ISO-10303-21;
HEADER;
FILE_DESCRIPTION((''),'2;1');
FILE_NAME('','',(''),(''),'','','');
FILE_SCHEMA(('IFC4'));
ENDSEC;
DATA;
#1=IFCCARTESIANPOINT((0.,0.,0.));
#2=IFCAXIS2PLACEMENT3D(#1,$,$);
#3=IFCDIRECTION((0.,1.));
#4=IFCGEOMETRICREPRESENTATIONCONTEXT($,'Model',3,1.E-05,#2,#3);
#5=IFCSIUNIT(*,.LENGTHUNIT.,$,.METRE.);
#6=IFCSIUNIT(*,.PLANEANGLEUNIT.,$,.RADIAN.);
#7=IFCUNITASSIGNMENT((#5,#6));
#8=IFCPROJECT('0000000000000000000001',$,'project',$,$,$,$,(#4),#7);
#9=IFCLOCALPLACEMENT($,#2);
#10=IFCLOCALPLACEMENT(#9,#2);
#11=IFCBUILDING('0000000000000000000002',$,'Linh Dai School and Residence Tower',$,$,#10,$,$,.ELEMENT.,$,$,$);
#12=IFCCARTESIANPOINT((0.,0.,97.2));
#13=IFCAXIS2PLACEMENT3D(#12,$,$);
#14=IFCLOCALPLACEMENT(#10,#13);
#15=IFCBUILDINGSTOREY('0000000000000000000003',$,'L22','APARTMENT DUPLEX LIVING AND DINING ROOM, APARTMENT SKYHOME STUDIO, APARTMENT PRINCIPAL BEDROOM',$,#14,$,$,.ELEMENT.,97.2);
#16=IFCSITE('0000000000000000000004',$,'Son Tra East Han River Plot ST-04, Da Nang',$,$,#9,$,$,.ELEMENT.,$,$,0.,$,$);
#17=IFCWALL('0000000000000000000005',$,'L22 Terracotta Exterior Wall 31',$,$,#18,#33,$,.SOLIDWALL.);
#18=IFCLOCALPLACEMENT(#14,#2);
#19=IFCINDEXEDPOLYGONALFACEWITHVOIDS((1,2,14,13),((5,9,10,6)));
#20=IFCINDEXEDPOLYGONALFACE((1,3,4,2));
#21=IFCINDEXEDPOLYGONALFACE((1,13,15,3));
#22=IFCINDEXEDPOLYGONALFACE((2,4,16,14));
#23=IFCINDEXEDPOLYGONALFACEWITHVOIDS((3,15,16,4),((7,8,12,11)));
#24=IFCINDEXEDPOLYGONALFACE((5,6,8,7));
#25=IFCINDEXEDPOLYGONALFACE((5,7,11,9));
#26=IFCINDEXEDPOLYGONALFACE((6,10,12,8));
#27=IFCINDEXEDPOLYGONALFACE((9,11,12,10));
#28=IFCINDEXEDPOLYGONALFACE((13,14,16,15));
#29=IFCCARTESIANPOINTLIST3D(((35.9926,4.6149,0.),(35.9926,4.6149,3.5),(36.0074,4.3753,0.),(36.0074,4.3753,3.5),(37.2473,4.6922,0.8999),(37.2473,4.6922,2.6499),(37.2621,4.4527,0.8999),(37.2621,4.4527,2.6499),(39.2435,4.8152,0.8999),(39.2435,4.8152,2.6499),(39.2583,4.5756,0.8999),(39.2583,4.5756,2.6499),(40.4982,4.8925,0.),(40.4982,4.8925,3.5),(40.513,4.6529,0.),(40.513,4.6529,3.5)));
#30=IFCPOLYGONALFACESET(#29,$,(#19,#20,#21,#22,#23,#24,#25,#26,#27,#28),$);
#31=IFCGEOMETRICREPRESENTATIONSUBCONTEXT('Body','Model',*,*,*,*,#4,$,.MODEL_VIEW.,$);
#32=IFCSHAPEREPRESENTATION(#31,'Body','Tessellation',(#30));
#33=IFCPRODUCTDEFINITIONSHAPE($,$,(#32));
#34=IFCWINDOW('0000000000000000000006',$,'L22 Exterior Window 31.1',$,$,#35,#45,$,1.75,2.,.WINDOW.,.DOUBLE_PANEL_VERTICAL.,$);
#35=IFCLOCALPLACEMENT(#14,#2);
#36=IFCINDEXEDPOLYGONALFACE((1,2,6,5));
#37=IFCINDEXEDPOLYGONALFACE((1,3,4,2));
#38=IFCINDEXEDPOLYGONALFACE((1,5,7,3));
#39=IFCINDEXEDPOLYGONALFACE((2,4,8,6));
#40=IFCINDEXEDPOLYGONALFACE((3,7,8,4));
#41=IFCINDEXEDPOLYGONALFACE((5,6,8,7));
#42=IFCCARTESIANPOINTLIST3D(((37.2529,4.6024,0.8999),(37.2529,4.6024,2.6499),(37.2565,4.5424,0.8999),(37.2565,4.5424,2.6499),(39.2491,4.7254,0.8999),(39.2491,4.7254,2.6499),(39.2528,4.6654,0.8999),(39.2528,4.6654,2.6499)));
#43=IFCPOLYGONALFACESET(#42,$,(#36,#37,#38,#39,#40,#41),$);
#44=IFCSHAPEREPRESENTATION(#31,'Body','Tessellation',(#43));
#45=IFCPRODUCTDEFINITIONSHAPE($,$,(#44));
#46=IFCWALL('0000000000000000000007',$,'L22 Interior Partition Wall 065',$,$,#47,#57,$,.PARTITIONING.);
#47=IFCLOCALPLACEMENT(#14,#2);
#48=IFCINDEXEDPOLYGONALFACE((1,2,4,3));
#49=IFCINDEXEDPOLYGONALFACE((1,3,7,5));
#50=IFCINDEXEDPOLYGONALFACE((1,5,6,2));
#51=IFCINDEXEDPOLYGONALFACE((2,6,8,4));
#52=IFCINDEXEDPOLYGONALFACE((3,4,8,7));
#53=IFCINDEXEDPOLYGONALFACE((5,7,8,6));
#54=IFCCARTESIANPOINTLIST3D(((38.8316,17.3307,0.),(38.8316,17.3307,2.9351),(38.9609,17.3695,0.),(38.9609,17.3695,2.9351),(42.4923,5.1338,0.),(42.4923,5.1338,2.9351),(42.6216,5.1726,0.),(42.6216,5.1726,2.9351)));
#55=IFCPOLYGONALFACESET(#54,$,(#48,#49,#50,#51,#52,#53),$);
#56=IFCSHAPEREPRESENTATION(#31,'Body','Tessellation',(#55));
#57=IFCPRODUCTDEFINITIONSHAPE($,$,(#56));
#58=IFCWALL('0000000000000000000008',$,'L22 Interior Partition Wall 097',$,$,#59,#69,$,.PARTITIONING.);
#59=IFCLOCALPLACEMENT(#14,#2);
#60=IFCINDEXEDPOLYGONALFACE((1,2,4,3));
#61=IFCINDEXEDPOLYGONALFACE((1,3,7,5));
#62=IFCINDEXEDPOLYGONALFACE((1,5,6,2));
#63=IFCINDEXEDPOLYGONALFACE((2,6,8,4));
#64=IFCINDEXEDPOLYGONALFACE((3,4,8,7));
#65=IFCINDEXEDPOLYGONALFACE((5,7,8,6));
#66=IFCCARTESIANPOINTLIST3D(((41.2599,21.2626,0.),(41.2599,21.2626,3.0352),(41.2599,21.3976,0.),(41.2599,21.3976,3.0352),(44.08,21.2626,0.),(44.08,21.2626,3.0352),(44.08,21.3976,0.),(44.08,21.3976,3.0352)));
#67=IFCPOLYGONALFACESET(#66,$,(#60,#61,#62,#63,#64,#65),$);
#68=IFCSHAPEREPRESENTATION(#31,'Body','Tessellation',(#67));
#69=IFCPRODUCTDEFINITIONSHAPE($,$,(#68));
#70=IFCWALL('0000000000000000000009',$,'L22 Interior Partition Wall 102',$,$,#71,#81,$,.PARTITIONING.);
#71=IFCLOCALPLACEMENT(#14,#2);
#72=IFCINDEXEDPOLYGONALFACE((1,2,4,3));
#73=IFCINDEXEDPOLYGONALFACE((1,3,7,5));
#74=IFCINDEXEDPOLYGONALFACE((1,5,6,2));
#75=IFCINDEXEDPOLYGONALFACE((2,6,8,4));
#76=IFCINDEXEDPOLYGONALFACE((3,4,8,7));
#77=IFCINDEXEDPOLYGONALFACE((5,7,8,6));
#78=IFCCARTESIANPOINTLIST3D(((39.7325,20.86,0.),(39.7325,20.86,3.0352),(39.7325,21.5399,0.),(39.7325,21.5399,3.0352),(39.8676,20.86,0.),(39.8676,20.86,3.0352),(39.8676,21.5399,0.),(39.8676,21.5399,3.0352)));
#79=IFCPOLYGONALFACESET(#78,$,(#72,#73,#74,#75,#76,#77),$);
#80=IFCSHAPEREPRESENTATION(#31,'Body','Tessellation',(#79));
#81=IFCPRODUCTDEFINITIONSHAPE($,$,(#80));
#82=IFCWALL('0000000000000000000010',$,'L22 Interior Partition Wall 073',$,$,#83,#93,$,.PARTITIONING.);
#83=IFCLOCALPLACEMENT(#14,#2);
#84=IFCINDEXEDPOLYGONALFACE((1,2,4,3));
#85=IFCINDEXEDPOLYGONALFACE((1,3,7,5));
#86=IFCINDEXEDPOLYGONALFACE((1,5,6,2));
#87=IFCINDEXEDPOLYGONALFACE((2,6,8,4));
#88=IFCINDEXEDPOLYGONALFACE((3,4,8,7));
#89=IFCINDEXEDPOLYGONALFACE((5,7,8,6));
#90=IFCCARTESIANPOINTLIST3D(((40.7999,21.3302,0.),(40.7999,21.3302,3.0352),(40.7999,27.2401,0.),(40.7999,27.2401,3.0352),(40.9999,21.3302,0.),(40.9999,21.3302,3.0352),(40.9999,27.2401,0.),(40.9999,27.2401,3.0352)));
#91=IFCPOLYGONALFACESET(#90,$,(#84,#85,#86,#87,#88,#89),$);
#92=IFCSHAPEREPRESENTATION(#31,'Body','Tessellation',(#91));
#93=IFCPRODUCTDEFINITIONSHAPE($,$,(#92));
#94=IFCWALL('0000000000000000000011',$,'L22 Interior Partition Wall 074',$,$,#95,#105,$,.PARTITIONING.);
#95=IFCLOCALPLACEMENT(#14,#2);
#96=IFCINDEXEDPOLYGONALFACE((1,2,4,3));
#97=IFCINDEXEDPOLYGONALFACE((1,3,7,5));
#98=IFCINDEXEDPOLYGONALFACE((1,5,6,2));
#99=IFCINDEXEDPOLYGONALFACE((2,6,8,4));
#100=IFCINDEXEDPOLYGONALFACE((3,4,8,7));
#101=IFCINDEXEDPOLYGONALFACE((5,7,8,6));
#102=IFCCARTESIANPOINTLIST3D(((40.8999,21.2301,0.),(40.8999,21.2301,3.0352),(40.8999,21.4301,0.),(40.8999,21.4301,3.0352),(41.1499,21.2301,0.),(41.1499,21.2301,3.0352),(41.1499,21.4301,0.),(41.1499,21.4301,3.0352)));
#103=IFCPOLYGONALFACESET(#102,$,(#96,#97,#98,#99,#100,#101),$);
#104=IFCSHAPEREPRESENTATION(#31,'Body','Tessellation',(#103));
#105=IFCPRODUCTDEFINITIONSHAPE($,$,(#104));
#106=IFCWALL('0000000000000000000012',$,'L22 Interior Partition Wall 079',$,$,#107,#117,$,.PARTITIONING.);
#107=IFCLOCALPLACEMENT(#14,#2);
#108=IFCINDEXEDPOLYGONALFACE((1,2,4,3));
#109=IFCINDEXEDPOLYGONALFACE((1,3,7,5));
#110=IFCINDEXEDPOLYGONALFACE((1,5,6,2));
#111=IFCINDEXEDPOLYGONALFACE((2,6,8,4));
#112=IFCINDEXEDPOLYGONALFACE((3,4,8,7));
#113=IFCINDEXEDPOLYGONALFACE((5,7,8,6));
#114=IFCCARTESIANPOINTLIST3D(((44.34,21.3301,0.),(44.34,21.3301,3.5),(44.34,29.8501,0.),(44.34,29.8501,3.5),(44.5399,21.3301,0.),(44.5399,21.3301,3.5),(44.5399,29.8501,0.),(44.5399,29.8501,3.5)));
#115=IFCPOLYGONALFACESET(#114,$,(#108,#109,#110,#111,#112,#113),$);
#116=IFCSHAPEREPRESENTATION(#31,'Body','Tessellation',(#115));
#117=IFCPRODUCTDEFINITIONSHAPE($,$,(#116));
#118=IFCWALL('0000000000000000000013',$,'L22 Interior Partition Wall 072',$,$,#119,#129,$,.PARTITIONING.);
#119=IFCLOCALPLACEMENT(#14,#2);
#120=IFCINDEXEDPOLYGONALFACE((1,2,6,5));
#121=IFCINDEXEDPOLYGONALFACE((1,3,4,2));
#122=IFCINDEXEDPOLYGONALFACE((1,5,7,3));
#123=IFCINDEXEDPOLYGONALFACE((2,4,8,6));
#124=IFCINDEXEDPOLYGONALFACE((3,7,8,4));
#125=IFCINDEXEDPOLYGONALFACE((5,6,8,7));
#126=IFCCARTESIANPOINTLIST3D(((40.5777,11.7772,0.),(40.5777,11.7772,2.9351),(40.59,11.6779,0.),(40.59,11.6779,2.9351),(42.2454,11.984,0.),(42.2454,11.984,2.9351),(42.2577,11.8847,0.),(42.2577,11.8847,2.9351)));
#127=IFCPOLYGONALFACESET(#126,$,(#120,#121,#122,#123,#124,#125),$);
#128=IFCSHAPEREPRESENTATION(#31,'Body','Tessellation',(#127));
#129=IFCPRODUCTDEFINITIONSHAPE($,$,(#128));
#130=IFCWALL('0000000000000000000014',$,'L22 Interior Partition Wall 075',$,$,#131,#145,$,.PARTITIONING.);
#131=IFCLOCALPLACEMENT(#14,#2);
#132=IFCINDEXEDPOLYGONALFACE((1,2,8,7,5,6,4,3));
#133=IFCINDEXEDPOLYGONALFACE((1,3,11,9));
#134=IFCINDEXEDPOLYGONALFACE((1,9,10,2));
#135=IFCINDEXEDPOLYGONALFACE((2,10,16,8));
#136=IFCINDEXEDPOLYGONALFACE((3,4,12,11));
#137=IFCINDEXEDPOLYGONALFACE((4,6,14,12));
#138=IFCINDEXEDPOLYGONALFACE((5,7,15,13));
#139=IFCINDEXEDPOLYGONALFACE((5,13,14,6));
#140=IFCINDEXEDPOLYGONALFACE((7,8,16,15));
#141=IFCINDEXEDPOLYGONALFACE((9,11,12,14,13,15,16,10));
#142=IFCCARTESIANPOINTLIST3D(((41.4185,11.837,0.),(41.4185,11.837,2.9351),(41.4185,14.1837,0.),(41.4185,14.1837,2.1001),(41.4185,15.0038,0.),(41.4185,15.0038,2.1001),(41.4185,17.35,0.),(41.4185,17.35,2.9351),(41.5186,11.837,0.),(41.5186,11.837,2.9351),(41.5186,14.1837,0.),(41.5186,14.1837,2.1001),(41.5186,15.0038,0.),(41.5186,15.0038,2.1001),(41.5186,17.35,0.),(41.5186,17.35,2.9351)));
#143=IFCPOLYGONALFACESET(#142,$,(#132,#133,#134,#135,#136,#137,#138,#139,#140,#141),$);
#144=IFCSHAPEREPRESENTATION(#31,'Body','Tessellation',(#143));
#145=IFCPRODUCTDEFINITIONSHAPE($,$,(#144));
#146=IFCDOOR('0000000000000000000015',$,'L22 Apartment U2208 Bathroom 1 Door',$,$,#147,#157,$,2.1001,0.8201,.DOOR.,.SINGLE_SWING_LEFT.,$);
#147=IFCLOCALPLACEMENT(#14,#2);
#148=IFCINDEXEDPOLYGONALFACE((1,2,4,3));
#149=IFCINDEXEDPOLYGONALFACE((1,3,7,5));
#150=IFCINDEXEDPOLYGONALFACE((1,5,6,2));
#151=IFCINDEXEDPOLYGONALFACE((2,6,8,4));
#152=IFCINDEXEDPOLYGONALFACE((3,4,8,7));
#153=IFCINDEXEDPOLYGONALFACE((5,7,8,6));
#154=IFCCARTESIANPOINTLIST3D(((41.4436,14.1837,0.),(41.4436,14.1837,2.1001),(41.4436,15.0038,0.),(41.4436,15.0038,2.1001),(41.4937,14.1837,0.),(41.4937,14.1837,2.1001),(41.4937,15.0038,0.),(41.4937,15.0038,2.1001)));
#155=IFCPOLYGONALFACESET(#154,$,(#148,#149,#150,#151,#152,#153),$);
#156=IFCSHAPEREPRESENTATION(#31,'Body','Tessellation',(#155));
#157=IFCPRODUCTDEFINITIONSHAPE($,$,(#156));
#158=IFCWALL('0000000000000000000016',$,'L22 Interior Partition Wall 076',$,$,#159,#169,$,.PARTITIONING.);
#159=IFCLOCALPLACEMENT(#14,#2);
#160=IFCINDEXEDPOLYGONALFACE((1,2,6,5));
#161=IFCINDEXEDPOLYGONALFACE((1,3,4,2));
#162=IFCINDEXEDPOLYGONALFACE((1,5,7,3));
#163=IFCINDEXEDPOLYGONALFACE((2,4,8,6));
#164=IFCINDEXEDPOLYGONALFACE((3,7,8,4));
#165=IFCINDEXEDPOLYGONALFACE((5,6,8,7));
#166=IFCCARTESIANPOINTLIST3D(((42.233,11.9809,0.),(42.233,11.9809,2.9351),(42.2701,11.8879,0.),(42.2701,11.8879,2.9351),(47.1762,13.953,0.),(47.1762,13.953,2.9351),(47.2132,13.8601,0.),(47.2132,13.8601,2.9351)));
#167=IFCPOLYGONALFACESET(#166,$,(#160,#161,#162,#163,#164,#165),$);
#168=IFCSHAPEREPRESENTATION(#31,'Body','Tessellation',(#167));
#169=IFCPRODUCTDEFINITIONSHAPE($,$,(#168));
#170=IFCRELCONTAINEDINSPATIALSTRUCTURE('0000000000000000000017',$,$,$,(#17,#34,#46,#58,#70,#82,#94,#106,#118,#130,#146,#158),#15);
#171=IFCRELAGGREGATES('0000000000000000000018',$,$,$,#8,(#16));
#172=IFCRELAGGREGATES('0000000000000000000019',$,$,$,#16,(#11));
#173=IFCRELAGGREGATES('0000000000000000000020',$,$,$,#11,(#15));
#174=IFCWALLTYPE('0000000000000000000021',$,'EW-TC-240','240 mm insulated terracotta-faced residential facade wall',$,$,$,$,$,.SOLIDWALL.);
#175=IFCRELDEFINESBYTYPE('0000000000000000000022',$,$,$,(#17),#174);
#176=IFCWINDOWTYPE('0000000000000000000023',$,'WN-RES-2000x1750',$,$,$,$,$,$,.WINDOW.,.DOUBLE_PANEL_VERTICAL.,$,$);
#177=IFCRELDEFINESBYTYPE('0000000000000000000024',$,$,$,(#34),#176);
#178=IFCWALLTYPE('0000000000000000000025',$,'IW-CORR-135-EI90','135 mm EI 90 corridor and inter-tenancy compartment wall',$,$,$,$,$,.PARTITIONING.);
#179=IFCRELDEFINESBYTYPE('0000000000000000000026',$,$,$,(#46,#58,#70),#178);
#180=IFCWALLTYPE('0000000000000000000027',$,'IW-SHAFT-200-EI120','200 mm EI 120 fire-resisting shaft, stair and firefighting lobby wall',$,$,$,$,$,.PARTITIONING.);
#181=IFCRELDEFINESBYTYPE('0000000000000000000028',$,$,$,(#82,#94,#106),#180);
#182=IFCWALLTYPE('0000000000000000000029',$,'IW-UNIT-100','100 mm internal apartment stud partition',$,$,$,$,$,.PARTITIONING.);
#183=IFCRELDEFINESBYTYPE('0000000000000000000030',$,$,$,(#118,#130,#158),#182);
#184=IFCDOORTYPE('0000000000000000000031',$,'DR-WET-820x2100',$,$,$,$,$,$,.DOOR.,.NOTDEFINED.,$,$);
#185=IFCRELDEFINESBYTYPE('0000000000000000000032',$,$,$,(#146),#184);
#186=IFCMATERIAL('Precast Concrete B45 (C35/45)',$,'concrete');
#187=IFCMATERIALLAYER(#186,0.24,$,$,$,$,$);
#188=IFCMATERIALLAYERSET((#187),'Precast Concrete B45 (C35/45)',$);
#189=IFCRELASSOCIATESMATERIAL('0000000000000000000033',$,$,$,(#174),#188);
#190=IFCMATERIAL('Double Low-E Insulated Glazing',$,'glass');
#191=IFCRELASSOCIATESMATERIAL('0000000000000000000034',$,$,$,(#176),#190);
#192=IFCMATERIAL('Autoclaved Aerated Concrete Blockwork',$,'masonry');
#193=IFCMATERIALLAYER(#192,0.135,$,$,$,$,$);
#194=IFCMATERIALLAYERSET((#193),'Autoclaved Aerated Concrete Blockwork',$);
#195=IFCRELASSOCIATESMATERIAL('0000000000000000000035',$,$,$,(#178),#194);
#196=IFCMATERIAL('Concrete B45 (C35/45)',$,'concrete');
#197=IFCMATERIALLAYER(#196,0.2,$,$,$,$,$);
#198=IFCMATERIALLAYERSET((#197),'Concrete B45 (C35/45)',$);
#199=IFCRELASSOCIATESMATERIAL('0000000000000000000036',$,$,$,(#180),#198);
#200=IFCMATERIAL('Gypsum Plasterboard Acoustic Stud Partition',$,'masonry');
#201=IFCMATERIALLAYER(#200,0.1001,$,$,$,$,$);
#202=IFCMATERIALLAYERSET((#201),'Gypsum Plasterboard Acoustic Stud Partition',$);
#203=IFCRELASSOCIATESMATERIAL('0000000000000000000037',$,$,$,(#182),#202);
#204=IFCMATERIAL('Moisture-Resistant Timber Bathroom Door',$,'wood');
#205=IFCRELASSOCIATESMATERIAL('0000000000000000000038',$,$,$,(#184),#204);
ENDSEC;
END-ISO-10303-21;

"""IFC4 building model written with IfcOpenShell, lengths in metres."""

from ifc_helpers import new_model, si_unit, direction, frame, frame_2d, origin, origin_2d, place, context, subcontext, project, spatial, rectangle, extrude, source, transform, mapped, material, layer, layer_set, type_object, element, fill, save


model = new_model("IFC4")

# Units and contexts
model_context = context("Model", 3, precision=1e-05, world=origin(), true_north=direction((0.0, 1.0)))
body_context = subcontext(model_context, "Body", "Model", "MODEL_VIEW")
ifc_project = project(units=[si_unit("LENGTHUNIT", "METRE"), si_unit("PLANEANGLEUNIT", "RADIAN")], contexts=[model_context])

# Site, building, storey
site_placement = place(None, origin())
site = spatial("IfcSite", under=ifc_project, at=site_placement, Name="Son Tra East Han River Plot ST-04, Da Nang", CompositionType="ELEMENT", RefElevation=0.0)
building_placement = place(site_placement, origin())
building = spatial("IfcBuilding", under=site, at=building_placement, Name="Linh Dai School and Residence Tower", CompositionType="ELEMENT")
storey_placement = place(building_placement, frame((0.0, 0.0, 97.2)))
storey = spatial("IfcBuildingStorey", under=building, at=storey_placement, Name="L22", Description="APARTMENT DUPLEX LIVING AND DINING ROOM, APARTMENT SKYHOME STUDIO, APARTMENT PRINCIPAL BEDROOM", CompositionType="ELEMENT", Elevation=97.2)

# Shared definitions
ifc_material_1 = material(Name="Precast Concrete B45 (C35/45)", Category="concrete")
ifc_layer_1 = layer(ifc_material_1, 0.24)
ifc_layer_set_1 = layer_set([ifc_layer_1], Name="Precast Concrete B45 (C35/45)")
wall_type_1 = type_object("IfcWallType", Name="EW-TC-240", Description="240 mm insulated terracotta-faced residential facade wall", PredefinedType="SOLIDWALL", material=ifc_layer_set_1)

# Wall, opening, window
wall_1_placement = place(storey_placement, frame((40.5056, 4.7727, 0.0), z_axis=(0.0, 0.0, 1.0), x_axis=(-0.998108, -0.061493, 0.0)))
wall_1 = element("IfcWall", 1, at=wall_1_placement, inside=storey, type_object=wall_type_1, Name="L22 Terracotta Exterior Wall 31", PredefinedType="SOLIDWALL", context=body_context, shape_type="SweptSolid", body=[
    extrude(rectangle(XDim=4.5142, YDim=0.24, at=frame_2d((2.2571, 0.0))), origin(), (0.0, 0.0, 1.0), 3.5),
])
opening_1_placement = place(wall_1_placement, frame((1.2571, 0.0, 0.8999)))
opening_1 = element("IfcOpeningElement", 2, at=opening_1_placement, cuts=wall_1, PredefinedType="OPENING", context=body_context, shape_type="SweptSolid", body=[
    extrude(rectangle(XDim=2.0, YDim=1.75, at=origin_2d()), frame((1.0, 0.1299, 0.875), z_axis=(0.0, -1.0, 0.0), x_axis=(1.0, 0.0, 0.0)), (0.0, 0.0, 1.0), 0.26),
])
ifc_material_2 = material(Name="Double Low-E Insulated Glazing", Category="glass")
window_type = type_object("IfcWindowType", Name="WN-RES-2000x1750", PartitioningType="DOUBLE_PANEL_VERTICAL", PredefinedType="WINDOW", material=ifc_material_2)
shared_shape_1 = source(origin(), body_context, "Body", "SweptSolid", [
    extrude(rectangle(XDim=2.0, YDim=1.75, at=origin_2d()), frame((1.0, 0.03, 0.875), z_axis=(0.0, -1.0, 0.0), x_axis=(1.0, 0.0, 0.0)), (0.0, 0.0, 1.0), 0.0601),
])
window_placement = place(opening_1_placement, origin())
window = element("IfcWindow", 3, at=window_placement, inside=storey, type_object=window_type, Name="L22 Exterior Window 31.1", OverallHeight=1.75, OverallWidth=2.0, PartitioningType="DOUBLE_PANEL_VERTICAL", PredefinedType="WINDOW", context=body_context, shape_type="MappedRepresentation", body=[
    mapped(shared_shape_1, transform((0.0, 0.0, 0.0), x_axis=(1.0, 0.0, 0.0), y_axis=(0.0, 1.0, 0.0), z_axis=(0.0, 0.0, 1.0), scale=1.0)),
])
fill(opening_1, window)

# Walls
ifc_material_3 = material(Name="Autoclaved Aerated Concrete Blockwork", Category="masonry")
ifc_layer_2 = layer(ifc_material_3, 0.135)
ifc_layer_set_2 = layer_set([ifc_layer_2], Name="Autoclaved Aerated Concrete Blockwork")
wall_type_2 = type_object("IfcWallType", Name="IW-CORR-135-EI90", Description="135 mm EI 90 corridor and inter-tenancy compartment wall", PredefinedType="PARTITIONING", material=ifc_layer_set_2)
wall_2_placement = place(storey_placement, frame((38.8962, 17.3501, 0.0), z_axis=(0.0, 0.0, 1.0), x_axis=(0.287464, -0.957791, 0.0)))
element("IfcWall", 4, at=wall_2_placement, inside=storey, type_object=wall_type_2, Name="L22 Interior Partition Wall 065", PredefinedType="PARTITIONING", context=body_context, shape_type="SweptSolid", body=[
    extrude(rectangle(XDim=12.7344, YDim=0.135, at=frame_2d((6.3672, 0.0))), origin(), (0.0, 0.0, 1.0), 2.9351),
])
wall_3_placement = place(storey_placement, frame((44.0801, 21.3301, 0.0), z_axis=(0.0, 0.0, 1.0), x_axis=(-1.0, 0.0, 0.0)))
element("IfcWall", 5, at=wall_3_placement, inside=storey, type_object=wall_type_2, Name="L22 Interior Partition Wall 097", PredefinedType="PARTITIONING", context=body_context, shape_type="SweptSolid", body=[
    extrude(rectangle(XDim=2.8201, YDim=0.135, at=frame_2d((1.4102, 0.0))), origin(), (0.0, 0.0, 1.0), 3.0352),
])
wall_4_placement = place(storey_placement, frame((39.8, 20.8601, 0.0), z_axis=(0.0, 0.0, 1.0), x_axis=(0.0, 1.0, 0.0)))
element("IfcWall", 6, at=wall_4_placement, inside=storey, type_object=wall_type_2, Name="L22 Interior Partition Wall 102", PredefinedType="PARTITIONING", context=body_context, shape_type="SweptSolid", body=[
    extrude(rectangle(XDim=0.6799, YDim=0.135, at=frame_2d((0.3398, 0.0))), origin(), (0.0, 0.0, 1.0), 3.0352),
])
ifc_material_4 = material(Name="Concrete B45 (C35/45)", Category="concrete")
ifc_layer_3 = layer(ifc_material_4, 0.2)
ifc_layer_set_3 = layer_set([ifc_layer_3], Name="Concrete B45 (C35/45)")
wall_type_3 = type_object("IfcWallType", Name="IW-SHAFT-200-EI120", Description="200 mm EI 120 fire-resisting shaft, stair and firefighting lobby wall", PredefinedType="PARTITIONING", material=ifc_layer_set_3)
wall_5_placement = place(storey_placement, frame((40.8999, 21.3301, 0.0), z_axis=(0.0, 0.0, 1.0), x_axis=(0.0, 1.0, 0.0)))
element("IfcWall", 7, at=wall_5_placement, inside=storey, type_object=wall_type_3, Name="L22 Interior Partition Wall 073", PredefinedType="PARTITIONING", context=body_context, shape_type="SweptSolid", body=[
    extrude(rectangle(XDim=5.9099, YDim=0.2, at=frame_2d((2.9551, 0.0))), origin(), (0.0, 0.0, 1.0), 3.0352),
])
wall_6_placement = place(storey_placement, frame((40.8999, 21.3301, 0.0), z_axis=(0.0, 0.0, 1.0), x_axis=(1.0, 0.0, 0.0)))
element("IfcWall", 8, at=wall_6_placement, inside=storey, type_object=wall_type_3, Name="L22 Interior Partition Wall 074", PredefinedType="PARTITIONING", context=body_context, shape_type="SweptSolid", body=[
    extrude(rectangle(XDim=0.25, YDim=0.2, at=frame_2d((0.125, 0.0))), origin(), (0.0, 0.0, 1.0), 3.0352),
])
wall_7_placement = place(storey_placement, frame((44.4399, 21.3301, 0.0), z_axis=(0.0, 0.0, 1.0), x_axis=(0.0, 1.0, 0.0)))
element("IfcWall", 9, at=wall_7_placement, inside=storey, type_object=wall_type_3, Name="L22 Interior Partition Wall 079", PredefinedType="PARTITIONING", context=body_context, shape_type="SweptSolid", body=[
    extrude(rectangle(XDim=8.52, YDim=0.2, at=frame_2d((4.26, 0.0))), origin(), (0.0, 0.0, 1.0), 3.5),
])
ifc_material_5 = material(Name="Gypsum Plasterboard Acoustic Stud Partition", Category="masonry")
ifc_layer_4 = layer(ifc_material_5, 0.1001)
ifc_layer_set_4 = layer_set([ifc_layer_4], Name="Gypsum Plasterboard Acoustic Stud Partition")
wall_type_4 = type_object("IfcWallType", Name="IW-UNIT-100", Description="100 mm internal apartment stud partition", PredefinedType="PARTITIONING", material=ifc_layer_set_4)
wall_8_placement = place(storey_placement, frame((40.5837, 11.7275, 0.0), z_axis=(0.0, 0.0, 1.0), x_axis=(0.9924, 0.123051, 0.0)))
element("IfcWall", 10, at=wall_8_placement, inside=storey, type_object=wall_type_4, Name="L22 Interior Partition Wall 072", PredefinedType="PARTITIONING", context=body_context, shape_type="SweptSolid", body=[
    extrude(rectangle(XDim=1.6804, YDim=0.1001, at=frame_2d((0.8403, 0.0))), origin(), (0.0, 0.0, 1.0), 2.9351),
])

# Wall, opening, door
wall_9_placement = place(storey_placement, frame((41.4685, 11.8372, 0.0), z_axis=(0.0, 0.0, 1.0), x_axis=(0.0, 1.0, 0.0)))
wall_9 = element("IfcWall", 11, at=wall_9_placement, inside=storey, type_object=wall_type_4, Name="L22 Interior Partition Wall 075", PredefinedType="PARTITIONING", context=body_context, shape_type="SweptSolid", body=[
    extrude(rectangle(XDim=5.5129, YDim=0.1001, at=frame_2d((2.7563, 0.0))), origin(), (0.0, 0.0, 1.0), 2.9351),
])
opening_2_placement = place(wall_9_placement, frame((2.3464, 0.0, 0.0)))
opening_2 = element("IfcOpeningElement", 12, at=opening_2_placement, cuts=wall_9, PredefinedType="OPENING", context=body_context, shape_type="SweptSolid", body=[
    extrude(rectangle(XDim=0.8201, YDim=2.1001, at=origin_2d()), frame((0.4102, 0.0601, 1.05), z_axis=(0.0, -1.0, 0.0), x_axis=(1.0, 0.0, 0.0)), (0.0, 0.0, 1.0), 0.1201),
])
ifc_material_6 = material(Name="Moisture-Resistant Timber Bathroom Door", Category="wood")
door_type_1 = type_object("IfcDoorType", Name="DR-WET-820x2100", OperationType="NOTDEFINED", PredefinedType="DOOR", material=ifc_material_6)
shared_shape_2 = source(origin(), body_context, "Body", "SweptSolid", [
    extrude(rectangle(XDim=0.8201, YDim=2.1001, at=origin_2d()), frame((0.4102, 0.0249, 1.05), z_axis=(0.0, -1.0, 0.0), x_axis=(1.0, 0.0, 0.0)), (0.0, 0.0, 1.0), 0.05),
])
door_1_placement = place(opening_2_placement, origin())
door_1 = element("IfcDoor", 13, at=door_1_placement, inside=storey, type_object=door_type_1, Name="L22 Apartment U2208 Bathroom 1 Door", OperationType="SINGLE_SWING_LEFT", OverallHeight=2.1001, OverallWidth=0.8201, PredefinedType="DOOR", context=body_context, shape_type="MappedRepresentation", body=[
    mapped(shared_shape_2, transform((0.0, 0.0, 0.0), x_axis=(1.0, 0.0, 0.0), y_axis=(0.0, 1.0, 0.0), z_axis=(0.0, 0.0, 1.0), scale=1.0)),
])
fill(opening_2, door_1)

# Wall
wall_10_placement = place(storey_placement, frame((42.2515, 11.9343, 0.0), z_axis=(0.0, 0.0, 1.0), x_axis=(0.928805, 0.370568, 0.0)))
element("IfcWall", 14, at=wall_10_placement, inside=storey, type_object=wall_type_4, Name="L22 Interior Partition Wall 076", PredefinedType="PARTITIONING", context=body_context, shape_type="SweptSolid", body=[
    extrude(rectangle(XDim=5.322, YDim=0.1001, at=frame_2d((2.6611, 0.0))), origin(), (0.0, 0.0, 1.0), 2.9351),
])

save(model, "model.ifc")
